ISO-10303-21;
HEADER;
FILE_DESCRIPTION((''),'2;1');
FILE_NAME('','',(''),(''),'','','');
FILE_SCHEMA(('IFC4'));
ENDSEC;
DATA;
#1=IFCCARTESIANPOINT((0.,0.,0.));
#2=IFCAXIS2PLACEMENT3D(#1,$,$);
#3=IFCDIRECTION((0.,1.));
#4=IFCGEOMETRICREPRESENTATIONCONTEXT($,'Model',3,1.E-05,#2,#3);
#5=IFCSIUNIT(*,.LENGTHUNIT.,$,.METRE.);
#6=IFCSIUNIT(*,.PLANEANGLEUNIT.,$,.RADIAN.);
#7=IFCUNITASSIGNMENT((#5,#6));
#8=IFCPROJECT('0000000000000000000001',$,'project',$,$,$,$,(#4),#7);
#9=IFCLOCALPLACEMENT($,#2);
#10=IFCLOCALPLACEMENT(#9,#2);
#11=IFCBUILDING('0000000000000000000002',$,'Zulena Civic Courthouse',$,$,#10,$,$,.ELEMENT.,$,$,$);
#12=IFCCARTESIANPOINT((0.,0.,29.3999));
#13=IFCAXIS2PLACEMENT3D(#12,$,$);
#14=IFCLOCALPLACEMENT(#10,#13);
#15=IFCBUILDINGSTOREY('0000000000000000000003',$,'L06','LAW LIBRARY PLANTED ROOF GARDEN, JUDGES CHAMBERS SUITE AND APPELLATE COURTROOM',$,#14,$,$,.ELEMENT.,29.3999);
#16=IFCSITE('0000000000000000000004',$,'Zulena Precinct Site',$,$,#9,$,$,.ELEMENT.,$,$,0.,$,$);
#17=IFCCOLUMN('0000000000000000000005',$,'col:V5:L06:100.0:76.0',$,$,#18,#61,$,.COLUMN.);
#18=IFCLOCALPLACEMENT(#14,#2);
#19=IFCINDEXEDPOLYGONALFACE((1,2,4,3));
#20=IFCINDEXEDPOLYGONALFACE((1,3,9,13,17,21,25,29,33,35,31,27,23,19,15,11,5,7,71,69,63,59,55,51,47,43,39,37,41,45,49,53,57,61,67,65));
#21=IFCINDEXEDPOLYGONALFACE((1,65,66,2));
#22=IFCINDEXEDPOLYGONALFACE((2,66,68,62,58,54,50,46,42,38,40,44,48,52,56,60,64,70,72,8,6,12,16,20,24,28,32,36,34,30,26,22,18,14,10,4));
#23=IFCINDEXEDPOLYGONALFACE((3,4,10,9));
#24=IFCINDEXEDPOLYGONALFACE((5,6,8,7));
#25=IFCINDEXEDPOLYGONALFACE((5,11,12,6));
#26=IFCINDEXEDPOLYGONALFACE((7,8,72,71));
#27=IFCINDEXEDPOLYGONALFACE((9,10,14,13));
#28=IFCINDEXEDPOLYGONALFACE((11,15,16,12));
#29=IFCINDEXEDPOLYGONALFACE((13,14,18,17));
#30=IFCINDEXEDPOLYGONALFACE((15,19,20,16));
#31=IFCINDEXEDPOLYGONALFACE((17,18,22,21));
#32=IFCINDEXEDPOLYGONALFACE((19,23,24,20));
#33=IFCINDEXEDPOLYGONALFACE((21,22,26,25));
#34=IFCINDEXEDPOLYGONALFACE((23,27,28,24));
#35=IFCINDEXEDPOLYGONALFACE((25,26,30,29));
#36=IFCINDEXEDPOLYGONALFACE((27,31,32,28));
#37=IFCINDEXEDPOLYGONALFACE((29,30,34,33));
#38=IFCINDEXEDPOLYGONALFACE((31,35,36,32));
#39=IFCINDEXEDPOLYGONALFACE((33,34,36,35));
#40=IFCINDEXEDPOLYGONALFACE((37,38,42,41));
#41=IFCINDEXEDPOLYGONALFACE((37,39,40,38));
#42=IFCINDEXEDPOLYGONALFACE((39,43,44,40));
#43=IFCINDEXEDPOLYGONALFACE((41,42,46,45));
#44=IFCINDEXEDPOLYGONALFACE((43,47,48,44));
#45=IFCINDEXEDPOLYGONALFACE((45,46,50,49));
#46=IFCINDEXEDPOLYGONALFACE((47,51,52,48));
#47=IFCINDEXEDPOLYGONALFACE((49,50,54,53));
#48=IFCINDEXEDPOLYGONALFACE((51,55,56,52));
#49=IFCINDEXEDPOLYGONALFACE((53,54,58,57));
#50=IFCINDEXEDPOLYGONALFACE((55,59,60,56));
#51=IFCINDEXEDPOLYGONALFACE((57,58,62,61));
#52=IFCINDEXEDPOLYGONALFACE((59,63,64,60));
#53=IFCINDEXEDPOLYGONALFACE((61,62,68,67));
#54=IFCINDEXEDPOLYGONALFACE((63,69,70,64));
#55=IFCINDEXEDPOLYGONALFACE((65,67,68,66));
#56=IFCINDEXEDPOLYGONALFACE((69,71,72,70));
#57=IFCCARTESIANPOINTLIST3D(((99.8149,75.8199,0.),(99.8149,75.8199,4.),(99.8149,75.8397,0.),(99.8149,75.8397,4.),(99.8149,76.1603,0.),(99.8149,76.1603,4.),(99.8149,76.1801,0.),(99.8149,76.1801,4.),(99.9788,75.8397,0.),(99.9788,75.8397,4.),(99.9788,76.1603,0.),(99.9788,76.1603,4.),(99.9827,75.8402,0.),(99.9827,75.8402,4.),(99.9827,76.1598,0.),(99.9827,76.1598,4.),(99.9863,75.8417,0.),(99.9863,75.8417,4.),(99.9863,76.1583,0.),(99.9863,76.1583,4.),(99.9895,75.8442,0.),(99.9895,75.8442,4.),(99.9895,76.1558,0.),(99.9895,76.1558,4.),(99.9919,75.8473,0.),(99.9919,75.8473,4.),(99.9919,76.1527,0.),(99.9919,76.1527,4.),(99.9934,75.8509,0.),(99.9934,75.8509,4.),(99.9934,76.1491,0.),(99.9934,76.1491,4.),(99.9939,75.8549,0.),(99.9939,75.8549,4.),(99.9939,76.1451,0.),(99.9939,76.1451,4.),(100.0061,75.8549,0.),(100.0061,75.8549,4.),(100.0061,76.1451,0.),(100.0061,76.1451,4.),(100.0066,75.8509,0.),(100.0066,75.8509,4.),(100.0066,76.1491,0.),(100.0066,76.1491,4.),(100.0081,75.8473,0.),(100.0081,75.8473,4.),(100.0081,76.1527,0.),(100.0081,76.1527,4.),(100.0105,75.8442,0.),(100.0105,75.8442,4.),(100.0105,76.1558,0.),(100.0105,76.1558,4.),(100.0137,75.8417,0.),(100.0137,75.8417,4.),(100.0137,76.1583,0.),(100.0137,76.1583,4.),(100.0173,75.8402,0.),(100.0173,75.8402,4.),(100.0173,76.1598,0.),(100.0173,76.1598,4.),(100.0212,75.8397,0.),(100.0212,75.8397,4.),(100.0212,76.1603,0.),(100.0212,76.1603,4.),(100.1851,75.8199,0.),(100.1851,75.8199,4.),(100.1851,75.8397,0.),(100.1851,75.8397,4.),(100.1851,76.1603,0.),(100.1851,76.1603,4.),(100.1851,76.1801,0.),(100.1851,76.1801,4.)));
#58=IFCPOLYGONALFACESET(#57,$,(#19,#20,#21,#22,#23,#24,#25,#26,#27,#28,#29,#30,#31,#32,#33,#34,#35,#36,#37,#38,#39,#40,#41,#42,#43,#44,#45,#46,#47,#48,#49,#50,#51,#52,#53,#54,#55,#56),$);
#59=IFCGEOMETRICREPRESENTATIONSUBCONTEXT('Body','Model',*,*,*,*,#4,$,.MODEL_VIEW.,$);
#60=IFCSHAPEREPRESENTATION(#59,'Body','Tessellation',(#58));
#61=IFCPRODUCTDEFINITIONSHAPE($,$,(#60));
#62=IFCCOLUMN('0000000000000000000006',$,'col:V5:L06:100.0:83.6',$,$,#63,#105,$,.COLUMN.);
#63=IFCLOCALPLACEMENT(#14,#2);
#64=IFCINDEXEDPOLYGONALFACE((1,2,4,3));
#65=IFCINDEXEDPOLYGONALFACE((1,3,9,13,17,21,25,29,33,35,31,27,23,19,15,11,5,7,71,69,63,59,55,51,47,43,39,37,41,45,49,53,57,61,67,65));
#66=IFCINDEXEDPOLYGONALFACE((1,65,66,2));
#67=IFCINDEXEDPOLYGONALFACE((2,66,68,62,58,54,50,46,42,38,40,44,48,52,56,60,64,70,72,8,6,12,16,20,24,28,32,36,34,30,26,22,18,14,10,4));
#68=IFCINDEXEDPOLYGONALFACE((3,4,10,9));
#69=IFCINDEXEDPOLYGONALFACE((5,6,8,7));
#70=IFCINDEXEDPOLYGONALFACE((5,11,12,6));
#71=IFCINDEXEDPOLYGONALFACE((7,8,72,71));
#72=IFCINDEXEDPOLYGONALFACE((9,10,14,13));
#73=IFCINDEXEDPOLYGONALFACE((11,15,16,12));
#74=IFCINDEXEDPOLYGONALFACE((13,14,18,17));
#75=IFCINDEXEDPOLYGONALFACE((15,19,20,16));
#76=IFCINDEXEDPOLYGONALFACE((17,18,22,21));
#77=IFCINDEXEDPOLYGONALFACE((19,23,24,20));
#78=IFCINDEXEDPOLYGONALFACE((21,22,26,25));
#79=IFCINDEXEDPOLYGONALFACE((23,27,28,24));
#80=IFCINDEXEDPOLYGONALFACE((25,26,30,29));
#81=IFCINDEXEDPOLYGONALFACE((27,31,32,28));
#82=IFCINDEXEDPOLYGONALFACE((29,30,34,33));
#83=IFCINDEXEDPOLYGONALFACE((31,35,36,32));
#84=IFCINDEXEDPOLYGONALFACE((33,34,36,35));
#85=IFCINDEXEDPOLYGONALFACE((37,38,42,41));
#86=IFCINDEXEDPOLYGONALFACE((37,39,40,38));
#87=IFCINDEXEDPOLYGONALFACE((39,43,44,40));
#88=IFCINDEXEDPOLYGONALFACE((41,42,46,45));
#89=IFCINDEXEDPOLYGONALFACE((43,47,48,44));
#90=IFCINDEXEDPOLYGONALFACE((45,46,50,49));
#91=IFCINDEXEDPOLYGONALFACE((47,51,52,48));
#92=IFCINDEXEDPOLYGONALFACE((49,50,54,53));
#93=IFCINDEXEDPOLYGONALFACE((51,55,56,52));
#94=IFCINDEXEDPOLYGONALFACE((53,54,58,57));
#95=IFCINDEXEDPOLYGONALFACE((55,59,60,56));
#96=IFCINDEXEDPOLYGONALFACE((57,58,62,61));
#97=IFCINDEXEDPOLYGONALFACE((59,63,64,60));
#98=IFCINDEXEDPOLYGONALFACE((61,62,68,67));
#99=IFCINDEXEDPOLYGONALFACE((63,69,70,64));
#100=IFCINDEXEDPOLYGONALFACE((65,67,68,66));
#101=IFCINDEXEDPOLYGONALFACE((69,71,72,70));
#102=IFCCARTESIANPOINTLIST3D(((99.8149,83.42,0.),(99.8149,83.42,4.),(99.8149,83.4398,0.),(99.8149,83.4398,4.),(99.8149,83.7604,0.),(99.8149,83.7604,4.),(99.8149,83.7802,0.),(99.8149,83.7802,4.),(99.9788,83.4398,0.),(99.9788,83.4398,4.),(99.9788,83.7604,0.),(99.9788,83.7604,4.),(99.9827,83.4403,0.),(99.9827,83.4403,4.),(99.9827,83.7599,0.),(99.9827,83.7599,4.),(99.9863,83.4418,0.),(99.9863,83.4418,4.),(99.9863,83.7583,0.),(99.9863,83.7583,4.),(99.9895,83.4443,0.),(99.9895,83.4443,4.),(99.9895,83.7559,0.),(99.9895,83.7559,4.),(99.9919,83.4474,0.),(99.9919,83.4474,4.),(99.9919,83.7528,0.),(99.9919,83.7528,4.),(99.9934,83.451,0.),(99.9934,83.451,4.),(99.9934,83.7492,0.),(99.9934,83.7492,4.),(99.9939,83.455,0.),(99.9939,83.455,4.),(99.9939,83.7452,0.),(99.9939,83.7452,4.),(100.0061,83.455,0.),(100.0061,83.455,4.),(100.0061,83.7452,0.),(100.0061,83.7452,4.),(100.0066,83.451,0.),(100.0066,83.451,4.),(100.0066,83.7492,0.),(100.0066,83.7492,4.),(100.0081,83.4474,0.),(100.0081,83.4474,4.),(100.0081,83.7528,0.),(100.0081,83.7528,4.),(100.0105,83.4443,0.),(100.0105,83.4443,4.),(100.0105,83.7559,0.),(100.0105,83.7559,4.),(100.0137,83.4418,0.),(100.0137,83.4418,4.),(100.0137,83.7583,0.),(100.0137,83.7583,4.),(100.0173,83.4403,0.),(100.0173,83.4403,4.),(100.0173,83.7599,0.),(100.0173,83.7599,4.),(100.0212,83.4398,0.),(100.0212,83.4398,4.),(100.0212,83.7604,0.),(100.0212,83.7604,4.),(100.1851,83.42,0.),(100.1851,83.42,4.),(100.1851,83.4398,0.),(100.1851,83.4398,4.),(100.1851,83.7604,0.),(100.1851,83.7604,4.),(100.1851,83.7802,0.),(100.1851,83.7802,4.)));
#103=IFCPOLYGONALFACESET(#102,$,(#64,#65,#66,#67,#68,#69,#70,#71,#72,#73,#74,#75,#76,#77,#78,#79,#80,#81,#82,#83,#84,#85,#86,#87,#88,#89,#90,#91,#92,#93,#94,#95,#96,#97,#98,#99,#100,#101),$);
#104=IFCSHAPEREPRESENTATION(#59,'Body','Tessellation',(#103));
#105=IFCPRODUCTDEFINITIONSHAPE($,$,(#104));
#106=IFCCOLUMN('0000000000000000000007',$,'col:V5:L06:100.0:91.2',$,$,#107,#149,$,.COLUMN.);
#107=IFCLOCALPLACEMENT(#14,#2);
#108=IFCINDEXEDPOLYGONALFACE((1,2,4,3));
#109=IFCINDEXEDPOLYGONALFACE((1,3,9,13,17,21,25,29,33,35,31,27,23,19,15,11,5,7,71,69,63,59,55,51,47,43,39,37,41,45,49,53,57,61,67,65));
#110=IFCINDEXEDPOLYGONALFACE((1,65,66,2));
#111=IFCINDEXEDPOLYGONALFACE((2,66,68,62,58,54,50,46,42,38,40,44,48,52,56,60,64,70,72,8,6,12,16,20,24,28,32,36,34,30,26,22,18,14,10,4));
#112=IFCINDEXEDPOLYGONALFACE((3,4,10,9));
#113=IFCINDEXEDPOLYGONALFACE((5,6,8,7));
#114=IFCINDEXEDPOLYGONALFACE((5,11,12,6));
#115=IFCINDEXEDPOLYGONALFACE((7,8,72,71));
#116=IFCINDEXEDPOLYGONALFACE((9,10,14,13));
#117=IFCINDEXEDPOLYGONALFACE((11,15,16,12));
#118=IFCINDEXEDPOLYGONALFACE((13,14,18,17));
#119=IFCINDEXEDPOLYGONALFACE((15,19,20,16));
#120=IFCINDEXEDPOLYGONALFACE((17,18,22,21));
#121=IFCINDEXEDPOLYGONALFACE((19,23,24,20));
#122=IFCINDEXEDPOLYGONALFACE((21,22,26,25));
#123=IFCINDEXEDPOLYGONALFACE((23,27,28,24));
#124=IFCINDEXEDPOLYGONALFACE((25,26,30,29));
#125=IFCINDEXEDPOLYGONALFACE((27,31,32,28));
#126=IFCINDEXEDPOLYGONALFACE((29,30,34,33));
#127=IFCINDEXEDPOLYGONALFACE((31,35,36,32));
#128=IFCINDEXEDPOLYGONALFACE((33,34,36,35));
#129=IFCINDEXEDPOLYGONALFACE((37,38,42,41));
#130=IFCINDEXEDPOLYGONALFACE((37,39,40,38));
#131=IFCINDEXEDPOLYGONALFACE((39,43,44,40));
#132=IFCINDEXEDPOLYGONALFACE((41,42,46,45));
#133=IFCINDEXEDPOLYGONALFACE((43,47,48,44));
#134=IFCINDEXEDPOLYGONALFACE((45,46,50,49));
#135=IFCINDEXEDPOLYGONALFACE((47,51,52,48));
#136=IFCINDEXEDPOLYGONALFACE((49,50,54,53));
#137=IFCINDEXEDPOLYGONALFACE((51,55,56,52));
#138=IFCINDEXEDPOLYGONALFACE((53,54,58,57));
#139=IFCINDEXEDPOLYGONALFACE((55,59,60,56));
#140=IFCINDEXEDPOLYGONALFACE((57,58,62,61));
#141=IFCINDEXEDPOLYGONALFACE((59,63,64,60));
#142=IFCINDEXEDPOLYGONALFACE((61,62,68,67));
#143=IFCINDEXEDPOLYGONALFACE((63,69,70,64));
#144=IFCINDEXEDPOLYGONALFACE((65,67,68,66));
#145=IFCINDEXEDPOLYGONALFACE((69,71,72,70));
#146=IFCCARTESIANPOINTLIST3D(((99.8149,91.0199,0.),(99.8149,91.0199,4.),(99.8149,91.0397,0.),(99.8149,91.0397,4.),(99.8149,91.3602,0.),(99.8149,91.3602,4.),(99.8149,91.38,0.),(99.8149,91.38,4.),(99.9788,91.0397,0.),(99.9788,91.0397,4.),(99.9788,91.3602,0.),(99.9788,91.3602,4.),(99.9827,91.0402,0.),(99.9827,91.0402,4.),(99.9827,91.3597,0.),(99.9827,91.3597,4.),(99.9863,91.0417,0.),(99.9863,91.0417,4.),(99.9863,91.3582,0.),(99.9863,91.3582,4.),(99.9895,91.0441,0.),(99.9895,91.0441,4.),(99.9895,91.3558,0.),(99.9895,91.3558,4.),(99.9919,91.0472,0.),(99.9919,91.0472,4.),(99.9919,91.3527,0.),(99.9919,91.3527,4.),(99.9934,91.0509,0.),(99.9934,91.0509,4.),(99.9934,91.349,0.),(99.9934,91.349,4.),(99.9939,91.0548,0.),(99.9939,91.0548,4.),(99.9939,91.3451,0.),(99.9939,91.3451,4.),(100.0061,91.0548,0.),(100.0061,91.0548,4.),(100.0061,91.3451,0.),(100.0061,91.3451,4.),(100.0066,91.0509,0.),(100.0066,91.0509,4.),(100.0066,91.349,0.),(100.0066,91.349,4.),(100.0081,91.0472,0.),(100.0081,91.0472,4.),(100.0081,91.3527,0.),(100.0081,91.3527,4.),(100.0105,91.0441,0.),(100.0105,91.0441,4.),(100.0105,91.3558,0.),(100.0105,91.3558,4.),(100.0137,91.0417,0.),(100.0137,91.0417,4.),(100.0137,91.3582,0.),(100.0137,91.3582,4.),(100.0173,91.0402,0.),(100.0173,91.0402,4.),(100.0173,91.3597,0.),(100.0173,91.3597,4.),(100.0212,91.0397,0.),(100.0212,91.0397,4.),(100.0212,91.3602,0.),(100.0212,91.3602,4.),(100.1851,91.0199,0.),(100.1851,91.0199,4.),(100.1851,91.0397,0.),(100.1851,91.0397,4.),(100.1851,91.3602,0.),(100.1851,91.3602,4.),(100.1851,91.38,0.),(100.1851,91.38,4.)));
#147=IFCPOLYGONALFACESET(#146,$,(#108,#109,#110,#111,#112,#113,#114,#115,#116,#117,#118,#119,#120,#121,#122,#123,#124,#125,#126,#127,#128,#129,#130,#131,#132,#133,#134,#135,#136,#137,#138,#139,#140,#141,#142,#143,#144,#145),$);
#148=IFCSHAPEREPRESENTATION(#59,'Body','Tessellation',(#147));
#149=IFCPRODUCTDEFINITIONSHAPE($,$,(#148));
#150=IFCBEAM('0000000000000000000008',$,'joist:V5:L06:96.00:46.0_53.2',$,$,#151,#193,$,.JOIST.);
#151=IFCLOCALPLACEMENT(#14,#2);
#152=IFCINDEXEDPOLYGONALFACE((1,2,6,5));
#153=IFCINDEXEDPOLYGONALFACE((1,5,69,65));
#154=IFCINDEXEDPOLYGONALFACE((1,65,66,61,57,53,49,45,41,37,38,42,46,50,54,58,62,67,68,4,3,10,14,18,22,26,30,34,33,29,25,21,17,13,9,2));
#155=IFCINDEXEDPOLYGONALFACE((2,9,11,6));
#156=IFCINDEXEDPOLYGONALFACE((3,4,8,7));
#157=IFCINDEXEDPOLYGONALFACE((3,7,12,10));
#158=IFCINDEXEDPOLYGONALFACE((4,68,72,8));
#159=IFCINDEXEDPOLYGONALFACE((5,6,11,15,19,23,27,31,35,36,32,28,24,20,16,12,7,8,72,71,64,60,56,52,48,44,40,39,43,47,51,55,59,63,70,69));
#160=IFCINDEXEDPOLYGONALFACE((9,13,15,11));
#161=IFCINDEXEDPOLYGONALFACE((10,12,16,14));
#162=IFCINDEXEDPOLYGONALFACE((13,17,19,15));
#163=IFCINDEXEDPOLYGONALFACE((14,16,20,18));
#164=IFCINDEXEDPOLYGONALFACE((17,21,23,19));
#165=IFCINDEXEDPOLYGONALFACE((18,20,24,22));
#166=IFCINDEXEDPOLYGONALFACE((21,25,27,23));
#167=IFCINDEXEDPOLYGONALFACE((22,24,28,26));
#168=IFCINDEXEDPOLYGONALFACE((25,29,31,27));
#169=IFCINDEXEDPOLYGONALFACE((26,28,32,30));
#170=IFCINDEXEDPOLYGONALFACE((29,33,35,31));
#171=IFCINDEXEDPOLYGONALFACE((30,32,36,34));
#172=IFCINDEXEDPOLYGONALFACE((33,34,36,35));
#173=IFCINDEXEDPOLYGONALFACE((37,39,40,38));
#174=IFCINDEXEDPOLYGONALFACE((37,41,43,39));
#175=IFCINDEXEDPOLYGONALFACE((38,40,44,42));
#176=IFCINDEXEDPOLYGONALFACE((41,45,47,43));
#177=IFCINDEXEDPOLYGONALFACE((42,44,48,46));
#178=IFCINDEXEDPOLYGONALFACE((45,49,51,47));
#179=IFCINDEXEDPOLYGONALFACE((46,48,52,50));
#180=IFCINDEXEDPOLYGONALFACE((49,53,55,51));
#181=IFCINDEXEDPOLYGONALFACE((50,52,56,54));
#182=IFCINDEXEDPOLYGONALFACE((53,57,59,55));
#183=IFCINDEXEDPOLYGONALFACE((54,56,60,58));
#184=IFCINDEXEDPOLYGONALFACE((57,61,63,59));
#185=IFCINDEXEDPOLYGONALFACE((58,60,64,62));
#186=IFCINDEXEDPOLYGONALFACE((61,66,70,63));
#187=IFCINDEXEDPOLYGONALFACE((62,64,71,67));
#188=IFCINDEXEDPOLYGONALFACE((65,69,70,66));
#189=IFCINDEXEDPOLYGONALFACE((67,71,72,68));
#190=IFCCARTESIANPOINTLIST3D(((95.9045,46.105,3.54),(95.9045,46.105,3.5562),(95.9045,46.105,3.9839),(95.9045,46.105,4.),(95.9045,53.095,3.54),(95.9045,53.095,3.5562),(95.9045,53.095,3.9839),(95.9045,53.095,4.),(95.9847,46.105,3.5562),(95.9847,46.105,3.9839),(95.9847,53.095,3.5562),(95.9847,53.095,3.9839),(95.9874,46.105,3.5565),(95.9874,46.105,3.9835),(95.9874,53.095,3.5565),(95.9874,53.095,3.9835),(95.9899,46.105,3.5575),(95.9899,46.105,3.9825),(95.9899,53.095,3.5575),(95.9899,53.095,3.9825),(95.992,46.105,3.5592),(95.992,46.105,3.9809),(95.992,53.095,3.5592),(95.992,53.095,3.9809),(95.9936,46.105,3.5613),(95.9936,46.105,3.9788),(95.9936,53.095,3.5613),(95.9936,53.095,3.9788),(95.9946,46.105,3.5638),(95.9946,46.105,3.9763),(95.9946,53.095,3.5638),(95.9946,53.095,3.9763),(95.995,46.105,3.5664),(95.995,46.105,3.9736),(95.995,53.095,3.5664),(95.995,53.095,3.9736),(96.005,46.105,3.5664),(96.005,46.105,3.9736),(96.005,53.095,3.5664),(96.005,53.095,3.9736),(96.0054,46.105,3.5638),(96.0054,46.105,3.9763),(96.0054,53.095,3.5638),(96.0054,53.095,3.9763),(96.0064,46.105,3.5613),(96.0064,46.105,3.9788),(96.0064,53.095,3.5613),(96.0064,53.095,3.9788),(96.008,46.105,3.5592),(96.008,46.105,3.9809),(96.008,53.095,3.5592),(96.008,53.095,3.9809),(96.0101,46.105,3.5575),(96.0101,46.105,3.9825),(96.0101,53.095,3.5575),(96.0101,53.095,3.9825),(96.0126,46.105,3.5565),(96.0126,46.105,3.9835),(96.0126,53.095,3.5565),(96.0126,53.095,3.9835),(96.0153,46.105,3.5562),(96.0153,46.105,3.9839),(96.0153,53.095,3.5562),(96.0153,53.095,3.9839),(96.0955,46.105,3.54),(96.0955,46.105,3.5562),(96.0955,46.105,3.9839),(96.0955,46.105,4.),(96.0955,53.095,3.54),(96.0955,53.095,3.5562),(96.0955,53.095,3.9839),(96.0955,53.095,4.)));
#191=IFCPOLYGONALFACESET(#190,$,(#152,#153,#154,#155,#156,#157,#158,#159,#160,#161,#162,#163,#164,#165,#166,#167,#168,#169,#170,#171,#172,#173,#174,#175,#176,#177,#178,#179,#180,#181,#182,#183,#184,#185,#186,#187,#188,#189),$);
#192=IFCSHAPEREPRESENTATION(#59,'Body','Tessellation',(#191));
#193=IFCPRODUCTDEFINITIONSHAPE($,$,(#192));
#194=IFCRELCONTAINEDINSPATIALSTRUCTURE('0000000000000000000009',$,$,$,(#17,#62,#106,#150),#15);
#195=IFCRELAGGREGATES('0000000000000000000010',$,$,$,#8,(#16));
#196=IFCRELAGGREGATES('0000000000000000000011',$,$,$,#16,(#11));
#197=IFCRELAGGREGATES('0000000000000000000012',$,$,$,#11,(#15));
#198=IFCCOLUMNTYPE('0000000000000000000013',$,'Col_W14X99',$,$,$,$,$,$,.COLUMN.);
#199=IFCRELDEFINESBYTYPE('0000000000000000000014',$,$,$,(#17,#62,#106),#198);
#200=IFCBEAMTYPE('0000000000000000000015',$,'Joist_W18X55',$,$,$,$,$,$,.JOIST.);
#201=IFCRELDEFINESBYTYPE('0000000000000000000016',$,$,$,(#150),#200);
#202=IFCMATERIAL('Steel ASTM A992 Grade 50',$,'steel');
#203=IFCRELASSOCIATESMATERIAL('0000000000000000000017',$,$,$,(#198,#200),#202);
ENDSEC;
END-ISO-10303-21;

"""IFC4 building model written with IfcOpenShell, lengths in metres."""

from ifc_helpers import new_model, si_unit, direction, frame, origin, origin_2d, place, context, subcontext, project, spatial, i_section, extrude, material, material_profile, profile_set, type_object, element, save


model = new_model("IFC4")

# Units and contexts
model_context = context("Model", 3, precision=1e-05, world=origin(), true_north=direction((0.0, 1.0)))
body_context = subcontext(model_context, "Body", "Model", "MODEL_VIEW")
ifc_project = project(units=[si_unit("LENGTHUNIT", "METRE"), si_unit("PLANEANGLEUNIT", "RADIAN")], contexts=[model_context])

# Site, building, storey
site_placement = place(None, origin())
site = spatial("IfcSite", under=ifc_project, at=site_placement, Name="Zulena Precinct Site", CompositionType="ELEMENT", RefElevation=0.0)
building_placement = place(site_placement, origin())
building = spatial("IfcBuilding", under=site, at=building_placement, Name="Zulena Civic Courthouse", CompositionType="ELEMENT")
storey_placement = place(building_placement, frame((0.0, 0.0, 29.3999)))
storey = spatial("IfcBuildingStorey", under=building, at=storey_placement, Name="L06", Description="LAW LIBRARY PLANTED ROOF GARDEN, JUDGES CHAMBERS SUITE AND APPELLATE COURTROOM", CompositionType="ELEMENT", Elevation=29.3999)

# Columns
ifc_material_1 = material(Name="Steel ASTM A992 Grade 50", Category="steel")
ifc_material_profile_1 = material_profile(ifc_material_1, i_section(OverallWidth=0.3701, OverallDepth=0.3601, WebThickness=0.0122, FlangeThickness=0.0198, FilletRadius=0.0151, at=origin_2d()), Name="W14X99")
ifc_profile_set_1 = profile_set([ifc_material_profile_1], Name="Steel ASTM A992 Grade 50")
column_type_1 = type_object("IfcColumnType", Name="Col_W14X99", PredefinedType="COLUMN", material=ifc_profile_set_1)
for number, where, z_axis, x_axis, name in (
    (1, (100.0, 76.0, 0.0), (0.0, 0.0, 1.0), (1.0, 0.0, 0.0), "col:V5:L06:100.0:76.0"),
    (2, (100.0, 83.6001, 0.0), (0.0, 0.0, 1.0), (1.0, 0.0, 0.0), "col:V5:L06:100.0:83.6"),
    (3, (100.0, 91.2, 0.0), (0.0, 0.0, 1.0), (1.0, 0.0, 0.0), "col:V5:L06:100.0:91.2"),
):
    element("IfcColumn", number, at=place(storey_placement, frame(where, z_axis=z_axis, x_axis=x_axis)), inside=storey, type_object=column_type_1, Name=name, PredefinedType="COLUMN", context=body_context, shape_type="SweptSolid", body=[
        extrude(i_section(OverallWidth=0.3701, OverallDepth=0.3601, WebThickness=0.0122, FlangeThickness=0.0198, FilletRadius=0.0151, at=origin_2d()), origin(), (0.0, 0.0, 1.0), 4.0),
    ])

# Beam
ifc_material_profile_2 = material_profile(ifc_material_1, i_section(OverallWidth=0.1909, OverallDepth=0.46, WebThickness=0.01, FlangeThickness=0.0161, FilletRadius=0.0103, at=origin_2d()), Name="W18X55")
ifc_profile_set_2 = profile_set([ifc_material_profile_2], Name="Steel ASTM A992 Grade 50")
beam_type_1 = type_object("IfcBeamType", Name="Joist_W18X55", PredefinedType="JOIST", material=ifc_profile_set_2)
beam_1_placement = place(storey_placement, frame((96.0, 46.105, 3.77), z_axis=(0.0, 1.0, 0.0), x_axis=(-1.0, 0.0, 0.0)))
element("IfcBeam", 4, at=beam_1_placement, inside=storey, type_object=beam_type_1, Name="joist:V5:L06:96.00:46.0_53.2", PredefinedType="JOIST", context=body_context, shape_type="SweptSolid", body=[
    extrude(i_section(OverallWidth=0.1909, OverallDepth=0.46, WebThickness=0.01, FlangeThickness=0.0161, FilletRadius=0.0103, at=origin_2d()), origin(), (0.0, 0.0, 1.0), 6.99),
])

save(model, "model.ifc")
